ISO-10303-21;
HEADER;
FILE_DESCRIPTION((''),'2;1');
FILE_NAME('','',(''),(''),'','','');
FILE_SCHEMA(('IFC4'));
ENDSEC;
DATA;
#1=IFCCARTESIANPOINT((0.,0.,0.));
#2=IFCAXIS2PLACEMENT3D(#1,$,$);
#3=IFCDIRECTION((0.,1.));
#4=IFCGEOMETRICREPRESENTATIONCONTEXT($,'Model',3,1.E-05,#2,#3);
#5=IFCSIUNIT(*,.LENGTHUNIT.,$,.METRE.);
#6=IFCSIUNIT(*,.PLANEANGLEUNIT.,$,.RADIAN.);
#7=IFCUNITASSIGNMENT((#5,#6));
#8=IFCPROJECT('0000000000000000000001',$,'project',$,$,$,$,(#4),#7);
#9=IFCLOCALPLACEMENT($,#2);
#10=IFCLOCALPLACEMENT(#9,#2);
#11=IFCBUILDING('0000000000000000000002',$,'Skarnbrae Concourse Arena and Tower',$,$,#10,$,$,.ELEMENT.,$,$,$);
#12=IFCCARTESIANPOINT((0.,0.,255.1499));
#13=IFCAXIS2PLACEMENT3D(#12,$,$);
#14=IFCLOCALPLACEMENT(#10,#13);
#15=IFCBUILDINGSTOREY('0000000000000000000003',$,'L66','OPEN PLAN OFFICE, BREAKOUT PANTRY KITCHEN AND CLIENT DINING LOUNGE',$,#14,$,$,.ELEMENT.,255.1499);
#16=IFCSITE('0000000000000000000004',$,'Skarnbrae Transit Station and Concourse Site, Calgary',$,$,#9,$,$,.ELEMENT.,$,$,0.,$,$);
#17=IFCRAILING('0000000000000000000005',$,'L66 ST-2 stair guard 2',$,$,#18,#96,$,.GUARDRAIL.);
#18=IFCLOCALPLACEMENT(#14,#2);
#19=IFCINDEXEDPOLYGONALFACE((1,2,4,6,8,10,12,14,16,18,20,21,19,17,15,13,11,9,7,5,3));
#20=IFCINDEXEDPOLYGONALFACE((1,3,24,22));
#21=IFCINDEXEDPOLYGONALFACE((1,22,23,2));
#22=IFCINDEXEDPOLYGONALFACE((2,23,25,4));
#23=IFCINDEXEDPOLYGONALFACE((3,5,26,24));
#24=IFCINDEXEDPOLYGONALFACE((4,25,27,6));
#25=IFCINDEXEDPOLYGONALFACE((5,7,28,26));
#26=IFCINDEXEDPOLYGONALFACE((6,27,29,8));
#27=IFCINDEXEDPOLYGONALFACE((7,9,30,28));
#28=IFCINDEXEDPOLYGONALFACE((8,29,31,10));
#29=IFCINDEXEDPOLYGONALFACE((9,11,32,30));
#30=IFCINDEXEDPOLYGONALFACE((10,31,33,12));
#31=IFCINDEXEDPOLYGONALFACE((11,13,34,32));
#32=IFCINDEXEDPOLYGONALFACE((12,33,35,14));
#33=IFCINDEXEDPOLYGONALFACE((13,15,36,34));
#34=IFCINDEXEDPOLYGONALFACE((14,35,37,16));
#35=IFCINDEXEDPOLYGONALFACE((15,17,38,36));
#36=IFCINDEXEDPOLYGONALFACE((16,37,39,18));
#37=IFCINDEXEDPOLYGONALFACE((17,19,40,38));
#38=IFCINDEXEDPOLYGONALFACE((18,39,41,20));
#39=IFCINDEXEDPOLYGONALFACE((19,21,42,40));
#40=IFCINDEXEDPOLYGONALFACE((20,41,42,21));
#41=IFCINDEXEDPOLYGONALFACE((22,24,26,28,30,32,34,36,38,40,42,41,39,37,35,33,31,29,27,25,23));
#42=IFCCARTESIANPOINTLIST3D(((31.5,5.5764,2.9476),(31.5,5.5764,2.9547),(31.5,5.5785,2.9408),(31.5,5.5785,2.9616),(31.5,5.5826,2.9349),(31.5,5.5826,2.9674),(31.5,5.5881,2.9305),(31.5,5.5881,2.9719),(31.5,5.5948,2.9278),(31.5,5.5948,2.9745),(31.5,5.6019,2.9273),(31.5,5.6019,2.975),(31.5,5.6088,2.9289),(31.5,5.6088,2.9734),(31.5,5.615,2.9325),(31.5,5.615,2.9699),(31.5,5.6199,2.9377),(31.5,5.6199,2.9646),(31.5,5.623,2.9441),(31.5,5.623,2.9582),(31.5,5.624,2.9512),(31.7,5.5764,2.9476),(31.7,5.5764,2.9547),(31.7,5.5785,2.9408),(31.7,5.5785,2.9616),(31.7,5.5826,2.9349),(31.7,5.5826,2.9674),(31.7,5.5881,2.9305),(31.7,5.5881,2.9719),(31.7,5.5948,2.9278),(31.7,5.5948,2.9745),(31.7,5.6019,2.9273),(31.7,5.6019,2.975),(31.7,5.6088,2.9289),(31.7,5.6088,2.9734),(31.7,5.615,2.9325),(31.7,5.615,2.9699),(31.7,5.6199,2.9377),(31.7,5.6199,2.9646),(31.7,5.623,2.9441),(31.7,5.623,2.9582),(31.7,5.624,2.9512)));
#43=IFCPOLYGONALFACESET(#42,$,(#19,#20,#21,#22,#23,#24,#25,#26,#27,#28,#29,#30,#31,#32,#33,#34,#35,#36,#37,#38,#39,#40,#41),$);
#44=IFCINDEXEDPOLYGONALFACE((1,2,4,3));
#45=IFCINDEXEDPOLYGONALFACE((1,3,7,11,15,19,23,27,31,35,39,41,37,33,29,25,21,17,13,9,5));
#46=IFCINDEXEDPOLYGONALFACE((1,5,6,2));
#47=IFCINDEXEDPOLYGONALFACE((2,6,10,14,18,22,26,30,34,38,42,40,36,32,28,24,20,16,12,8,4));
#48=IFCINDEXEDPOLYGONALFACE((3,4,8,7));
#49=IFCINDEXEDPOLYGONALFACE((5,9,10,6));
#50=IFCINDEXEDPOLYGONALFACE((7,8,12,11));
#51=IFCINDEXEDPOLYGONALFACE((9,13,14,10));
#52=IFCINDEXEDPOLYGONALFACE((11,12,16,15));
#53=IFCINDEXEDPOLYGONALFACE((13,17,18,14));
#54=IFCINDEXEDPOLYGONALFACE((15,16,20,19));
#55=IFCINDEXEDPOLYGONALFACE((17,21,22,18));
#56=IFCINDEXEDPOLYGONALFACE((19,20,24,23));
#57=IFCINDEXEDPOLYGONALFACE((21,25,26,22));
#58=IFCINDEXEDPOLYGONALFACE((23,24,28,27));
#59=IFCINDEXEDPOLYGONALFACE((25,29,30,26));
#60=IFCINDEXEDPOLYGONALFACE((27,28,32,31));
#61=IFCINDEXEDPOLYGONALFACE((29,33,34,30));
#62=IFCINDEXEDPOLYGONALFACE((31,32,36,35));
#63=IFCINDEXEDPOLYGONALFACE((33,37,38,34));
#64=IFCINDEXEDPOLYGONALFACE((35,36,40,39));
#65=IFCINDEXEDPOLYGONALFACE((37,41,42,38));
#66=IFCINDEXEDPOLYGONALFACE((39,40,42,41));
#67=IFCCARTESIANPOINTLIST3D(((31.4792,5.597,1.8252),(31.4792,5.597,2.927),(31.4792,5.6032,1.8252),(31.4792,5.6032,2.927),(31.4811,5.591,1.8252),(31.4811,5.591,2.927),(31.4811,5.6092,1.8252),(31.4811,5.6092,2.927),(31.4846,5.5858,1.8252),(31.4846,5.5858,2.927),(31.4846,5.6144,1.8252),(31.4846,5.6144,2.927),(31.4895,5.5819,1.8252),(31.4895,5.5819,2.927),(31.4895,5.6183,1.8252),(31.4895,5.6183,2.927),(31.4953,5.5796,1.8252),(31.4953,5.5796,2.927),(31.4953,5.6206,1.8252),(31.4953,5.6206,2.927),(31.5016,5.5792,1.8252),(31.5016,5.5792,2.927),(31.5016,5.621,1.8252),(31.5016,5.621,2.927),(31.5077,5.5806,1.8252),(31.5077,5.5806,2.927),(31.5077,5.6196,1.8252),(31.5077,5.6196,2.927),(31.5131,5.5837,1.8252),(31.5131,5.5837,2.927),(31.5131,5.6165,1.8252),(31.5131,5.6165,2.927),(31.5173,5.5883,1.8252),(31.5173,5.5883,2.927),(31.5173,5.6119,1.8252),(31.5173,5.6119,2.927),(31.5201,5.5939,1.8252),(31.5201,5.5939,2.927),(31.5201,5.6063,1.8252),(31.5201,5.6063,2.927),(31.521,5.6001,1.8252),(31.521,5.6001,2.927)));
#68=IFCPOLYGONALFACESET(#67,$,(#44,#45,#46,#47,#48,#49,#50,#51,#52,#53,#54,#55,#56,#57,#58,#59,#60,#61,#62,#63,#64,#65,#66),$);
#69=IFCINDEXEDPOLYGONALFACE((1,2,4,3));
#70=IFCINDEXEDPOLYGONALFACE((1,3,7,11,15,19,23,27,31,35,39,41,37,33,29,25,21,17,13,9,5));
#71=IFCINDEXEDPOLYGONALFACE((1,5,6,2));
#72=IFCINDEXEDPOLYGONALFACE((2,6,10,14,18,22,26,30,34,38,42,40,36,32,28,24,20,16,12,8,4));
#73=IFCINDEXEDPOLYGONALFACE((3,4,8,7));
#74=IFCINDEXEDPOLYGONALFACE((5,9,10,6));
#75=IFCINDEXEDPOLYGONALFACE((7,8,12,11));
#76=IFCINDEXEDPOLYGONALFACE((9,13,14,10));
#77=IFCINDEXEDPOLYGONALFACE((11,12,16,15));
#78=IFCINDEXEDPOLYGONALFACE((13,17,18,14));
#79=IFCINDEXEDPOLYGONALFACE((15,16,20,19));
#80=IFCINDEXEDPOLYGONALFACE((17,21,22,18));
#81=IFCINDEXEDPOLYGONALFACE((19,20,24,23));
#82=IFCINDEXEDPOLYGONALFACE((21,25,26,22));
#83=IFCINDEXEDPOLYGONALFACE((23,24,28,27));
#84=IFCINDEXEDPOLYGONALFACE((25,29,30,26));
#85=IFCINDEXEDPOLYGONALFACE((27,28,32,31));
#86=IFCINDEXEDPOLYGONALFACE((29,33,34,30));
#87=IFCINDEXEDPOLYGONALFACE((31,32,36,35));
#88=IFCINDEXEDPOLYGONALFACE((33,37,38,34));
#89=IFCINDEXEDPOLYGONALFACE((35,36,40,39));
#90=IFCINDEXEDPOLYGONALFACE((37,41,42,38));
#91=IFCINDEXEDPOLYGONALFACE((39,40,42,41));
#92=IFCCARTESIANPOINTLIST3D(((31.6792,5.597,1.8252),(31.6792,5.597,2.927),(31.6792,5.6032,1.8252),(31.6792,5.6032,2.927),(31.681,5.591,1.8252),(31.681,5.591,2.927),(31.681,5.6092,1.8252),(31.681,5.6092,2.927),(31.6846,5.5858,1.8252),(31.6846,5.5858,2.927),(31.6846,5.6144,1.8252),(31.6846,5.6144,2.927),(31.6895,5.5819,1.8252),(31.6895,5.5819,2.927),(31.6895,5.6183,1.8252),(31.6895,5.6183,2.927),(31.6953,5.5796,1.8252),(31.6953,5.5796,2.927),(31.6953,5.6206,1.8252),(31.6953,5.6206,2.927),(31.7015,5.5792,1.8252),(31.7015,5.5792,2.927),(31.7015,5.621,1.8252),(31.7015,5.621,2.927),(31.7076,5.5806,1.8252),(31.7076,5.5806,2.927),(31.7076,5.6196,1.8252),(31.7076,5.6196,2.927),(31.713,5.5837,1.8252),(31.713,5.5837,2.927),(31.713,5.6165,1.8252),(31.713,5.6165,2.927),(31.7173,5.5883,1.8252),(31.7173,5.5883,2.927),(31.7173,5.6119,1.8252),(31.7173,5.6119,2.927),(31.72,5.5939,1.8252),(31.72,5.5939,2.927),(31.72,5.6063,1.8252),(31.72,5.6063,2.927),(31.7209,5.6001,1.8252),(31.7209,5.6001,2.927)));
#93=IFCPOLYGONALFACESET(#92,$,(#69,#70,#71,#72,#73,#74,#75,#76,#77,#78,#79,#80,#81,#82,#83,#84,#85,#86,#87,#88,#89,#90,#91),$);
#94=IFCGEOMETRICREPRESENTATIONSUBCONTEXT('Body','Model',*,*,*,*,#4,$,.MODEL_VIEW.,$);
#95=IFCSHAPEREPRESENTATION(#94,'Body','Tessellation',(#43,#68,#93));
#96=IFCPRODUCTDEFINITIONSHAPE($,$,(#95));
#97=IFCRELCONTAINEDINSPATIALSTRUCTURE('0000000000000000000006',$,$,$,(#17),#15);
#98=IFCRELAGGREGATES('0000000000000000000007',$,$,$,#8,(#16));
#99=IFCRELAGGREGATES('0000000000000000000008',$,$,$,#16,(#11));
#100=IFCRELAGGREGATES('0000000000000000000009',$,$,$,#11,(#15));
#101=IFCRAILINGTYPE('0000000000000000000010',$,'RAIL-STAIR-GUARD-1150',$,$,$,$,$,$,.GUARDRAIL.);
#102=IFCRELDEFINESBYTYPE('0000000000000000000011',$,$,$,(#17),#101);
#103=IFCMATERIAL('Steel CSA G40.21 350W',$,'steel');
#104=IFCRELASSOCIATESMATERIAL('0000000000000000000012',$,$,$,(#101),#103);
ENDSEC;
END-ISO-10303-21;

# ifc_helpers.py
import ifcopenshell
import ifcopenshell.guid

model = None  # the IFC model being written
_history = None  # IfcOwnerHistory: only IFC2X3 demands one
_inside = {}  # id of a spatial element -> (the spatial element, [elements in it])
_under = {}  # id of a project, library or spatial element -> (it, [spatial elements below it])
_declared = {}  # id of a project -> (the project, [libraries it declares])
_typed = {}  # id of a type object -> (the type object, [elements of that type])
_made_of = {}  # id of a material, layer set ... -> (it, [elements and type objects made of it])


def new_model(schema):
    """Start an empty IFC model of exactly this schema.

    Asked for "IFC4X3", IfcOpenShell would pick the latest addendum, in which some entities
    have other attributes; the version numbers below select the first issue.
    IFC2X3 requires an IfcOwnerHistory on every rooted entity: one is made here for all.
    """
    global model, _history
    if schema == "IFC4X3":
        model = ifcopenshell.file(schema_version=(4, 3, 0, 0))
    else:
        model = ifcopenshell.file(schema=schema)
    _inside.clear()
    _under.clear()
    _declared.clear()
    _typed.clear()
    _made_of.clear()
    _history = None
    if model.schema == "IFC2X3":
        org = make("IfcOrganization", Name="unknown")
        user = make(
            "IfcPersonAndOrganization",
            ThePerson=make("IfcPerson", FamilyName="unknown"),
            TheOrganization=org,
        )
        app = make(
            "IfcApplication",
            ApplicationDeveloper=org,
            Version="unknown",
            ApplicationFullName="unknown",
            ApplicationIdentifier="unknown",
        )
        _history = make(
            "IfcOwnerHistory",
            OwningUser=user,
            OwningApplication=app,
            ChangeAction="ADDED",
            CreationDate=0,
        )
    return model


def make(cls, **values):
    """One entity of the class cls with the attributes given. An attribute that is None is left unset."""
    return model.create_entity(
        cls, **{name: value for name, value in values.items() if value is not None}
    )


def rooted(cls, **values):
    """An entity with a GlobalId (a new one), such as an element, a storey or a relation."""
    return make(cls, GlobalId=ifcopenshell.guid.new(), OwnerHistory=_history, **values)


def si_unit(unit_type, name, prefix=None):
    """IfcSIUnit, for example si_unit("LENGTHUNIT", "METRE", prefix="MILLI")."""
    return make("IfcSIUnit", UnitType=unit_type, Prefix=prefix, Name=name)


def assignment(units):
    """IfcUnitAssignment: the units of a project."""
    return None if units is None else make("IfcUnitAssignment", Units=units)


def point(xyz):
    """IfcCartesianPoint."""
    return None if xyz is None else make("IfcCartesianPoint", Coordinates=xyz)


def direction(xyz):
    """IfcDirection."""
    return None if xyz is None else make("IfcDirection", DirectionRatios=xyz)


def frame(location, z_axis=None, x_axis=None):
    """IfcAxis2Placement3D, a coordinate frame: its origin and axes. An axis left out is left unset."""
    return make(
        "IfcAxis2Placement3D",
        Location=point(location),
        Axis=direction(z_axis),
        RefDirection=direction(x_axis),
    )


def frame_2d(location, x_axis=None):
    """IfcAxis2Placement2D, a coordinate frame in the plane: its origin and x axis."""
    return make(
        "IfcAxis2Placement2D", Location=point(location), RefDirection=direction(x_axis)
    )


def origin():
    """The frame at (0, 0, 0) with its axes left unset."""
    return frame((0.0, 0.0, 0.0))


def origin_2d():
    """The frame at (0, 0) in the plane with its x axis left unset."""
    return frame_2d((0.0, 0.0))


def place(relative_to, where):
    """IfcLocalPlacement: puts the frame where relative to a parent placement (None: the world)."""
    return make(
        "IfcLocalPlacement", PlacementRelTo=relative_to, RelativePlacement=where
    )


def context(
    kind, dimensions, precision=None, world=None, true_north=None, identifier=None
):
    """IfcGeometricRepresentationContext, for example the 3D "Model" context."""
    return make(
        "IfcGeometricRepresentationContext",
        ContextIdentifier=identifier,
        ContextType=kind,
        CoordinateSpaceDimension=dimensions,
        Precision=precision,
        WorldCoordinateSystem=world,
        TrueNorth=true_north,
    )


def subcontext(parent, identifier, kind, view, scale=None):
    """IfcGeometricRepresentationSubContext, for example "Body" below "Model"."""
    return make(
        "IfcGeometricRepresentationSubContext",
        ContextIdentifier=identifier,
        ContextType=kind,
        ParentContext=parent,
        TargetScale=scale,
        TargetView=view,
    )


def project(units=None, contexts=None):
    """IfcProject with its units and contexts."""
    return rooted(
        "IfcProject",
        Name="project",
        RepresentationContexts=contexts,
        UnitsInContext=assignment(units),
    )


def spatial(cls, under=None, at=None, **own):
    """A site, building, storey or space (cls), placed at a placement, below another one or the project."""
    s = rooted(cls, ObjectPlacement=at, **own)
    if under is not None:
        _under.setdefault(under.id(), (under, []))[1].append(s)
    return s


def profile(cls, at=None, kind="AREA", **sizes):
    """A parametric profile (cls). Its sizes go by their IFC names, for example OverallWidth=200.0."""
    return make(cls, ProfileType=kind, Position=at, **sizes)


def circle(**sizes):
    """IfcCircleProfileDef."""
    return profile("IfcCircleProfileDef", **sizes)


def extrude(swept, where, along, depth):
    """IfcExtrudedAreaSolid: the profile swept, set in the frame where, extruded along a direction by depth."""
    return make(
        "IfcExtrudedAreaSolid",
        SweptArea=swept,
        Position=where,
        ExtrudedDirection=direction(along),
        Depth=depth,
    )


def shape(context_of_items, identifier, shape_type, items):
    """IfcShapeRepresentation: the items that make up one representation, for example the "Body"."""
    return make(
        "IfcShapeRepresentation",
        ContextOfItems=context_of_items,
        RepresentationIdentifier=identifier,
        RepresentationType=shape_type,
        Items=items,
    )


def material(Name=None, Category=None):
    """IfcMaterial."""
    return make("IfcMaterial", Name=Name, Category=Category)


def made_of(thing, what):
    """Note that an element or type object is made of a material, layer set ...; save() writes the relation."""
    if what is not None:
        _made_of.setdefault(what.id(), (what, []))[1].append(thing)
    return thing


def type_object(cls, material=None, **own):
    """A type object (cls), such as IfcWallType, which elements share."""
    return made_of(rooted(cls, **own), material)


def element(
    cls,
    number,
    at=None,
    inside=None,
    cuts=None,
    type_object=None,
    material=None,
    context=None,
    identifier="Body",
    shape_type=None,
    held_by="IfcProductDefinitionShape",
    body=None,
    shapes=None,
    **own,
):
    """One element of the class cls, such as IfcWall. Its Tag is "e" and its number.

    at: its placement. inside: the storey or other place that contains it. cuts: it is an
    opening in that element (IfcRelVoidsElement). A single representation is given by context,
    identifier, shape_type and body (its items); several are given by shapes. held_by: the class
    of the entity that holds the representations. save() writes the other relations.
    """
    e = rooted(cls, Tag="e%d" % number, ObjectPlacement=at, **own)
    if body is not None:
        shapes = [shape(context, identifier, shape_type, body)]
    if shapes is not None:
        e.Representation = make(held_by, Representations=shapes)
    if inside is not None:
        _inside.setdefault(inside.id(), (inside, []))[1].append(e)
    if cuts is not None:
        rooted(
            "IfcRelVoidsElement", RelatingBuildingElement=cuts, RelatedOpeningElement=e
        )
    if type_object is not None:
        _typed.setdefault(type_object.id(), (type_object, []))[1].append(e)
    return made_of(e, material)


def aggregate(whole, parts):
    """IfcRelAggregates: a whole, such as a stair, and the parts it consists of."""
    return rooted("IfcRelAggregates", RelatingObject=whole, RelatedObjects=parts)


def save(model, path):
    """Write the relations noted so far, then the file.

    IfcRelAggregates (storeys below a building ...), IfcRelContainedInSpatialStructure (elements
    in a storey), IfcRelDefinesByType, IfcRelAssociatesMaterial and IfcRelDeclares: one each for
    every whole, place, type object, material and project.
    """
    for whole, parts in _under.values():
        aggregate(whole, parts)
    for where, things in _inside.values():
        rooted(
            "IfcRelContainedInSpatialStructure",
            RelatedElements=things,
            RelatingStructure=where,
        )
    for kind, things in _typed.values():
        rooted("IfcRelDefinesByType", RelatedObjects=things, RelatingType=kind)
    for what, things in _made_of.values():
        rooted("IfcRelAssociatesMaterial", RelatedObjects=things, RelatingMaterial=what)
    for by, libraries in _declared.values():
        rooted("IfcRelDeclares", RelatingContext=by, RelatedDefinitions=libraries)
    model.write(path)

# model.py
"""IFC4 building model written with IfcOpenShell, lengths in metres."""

from ifc_helpers import new_model, si_unit, direction, frame, origin, origin_2d, place, context, subcontext, project, spatial, circle, extrude, material, type_object, element, save


model = new_model("IFC4")

# Units and contexts
model_context = context("Model", 3, precision=1e-05, world=origin(), true_north=direction((0.0, 1.0)))
body_context = subcontext(model_context, "Body", "Model", "MODEL_VIEW")
ifc_project = project(units=[si_unit("LENGTHUNIT", "METRE"), si_unit("PLANEANGLEUNIT", "RADIAN")], contexts=[model_context])

# Site, building, storey
site_placement = place(None, origin())
site = spatial("IfcSite", under=ifc_project, at=site_placement, Name="Skarnbrae Transit Station and Concourse Site, Calgary", CompositionType="ELEMENT", RefElevation=0.0)
building_placement = place(site_placement, origin())
building = spatial("IfcBuilding", under=site, at=building_placement, Name="Skarnbrae Concourse Arena and Tower", CompositionType="ELEMENT")
storey_placement = place(building_placement, frame((0.0, 0.0, 255.1499)))
storey = spatial("IfcBuildingStorey", under=building, at=storey_placement, Name="L66", Description="OPEN PLAN OFFICE, BREAKOUT PANTRY KITCHEN AND CLIENT DINING LOUNGE", CompositionType="ELEMENT", Elevation=255.1499)

# Shared definitions
ifc_material_1 = material(Name="Steel CSA G40.21 350W", Category="steel")

# Railing
railing_type_1 = type_object("IfcRailingType", Name="RAIL-STAIR-GUARD-1150", PredefinedType="GUARDRAIL", material=ifc_material_1)
railing_1_placement = place(storey_placement, frame((31.5, 5.6001, 1.8252)))
element("IfcRailing", 1, at=railing_1_placement, inside=storey, type_object=railing_type_1, Name="L66 ST-2 stair guard 2", PredefinedType="GUARDRAIL", context=body_context, shape_type="SweptSolid", body=[
    extrude(circle(Radius=0.0239, at=origin_2d()), frame((0.0, 0.0, 1.126), z_axis=(1.0, 0.0, 0.0), x_axis=(0.0, 1.0, 0.0)), (0.0, 0.0, 1.0), 0.2),
    extrude(circle(Radius=0.021, at=origin_2d()), origin(), (0.0, 0.0, 1.0), 1.1018),
    extrude(circle(Radius=0.021, at=origin_2d()), frame((0.2, 0.0, 0.0)), (0.0, 0.0, 1.0), 1.1018),
])

save(model, "model.ifc")
